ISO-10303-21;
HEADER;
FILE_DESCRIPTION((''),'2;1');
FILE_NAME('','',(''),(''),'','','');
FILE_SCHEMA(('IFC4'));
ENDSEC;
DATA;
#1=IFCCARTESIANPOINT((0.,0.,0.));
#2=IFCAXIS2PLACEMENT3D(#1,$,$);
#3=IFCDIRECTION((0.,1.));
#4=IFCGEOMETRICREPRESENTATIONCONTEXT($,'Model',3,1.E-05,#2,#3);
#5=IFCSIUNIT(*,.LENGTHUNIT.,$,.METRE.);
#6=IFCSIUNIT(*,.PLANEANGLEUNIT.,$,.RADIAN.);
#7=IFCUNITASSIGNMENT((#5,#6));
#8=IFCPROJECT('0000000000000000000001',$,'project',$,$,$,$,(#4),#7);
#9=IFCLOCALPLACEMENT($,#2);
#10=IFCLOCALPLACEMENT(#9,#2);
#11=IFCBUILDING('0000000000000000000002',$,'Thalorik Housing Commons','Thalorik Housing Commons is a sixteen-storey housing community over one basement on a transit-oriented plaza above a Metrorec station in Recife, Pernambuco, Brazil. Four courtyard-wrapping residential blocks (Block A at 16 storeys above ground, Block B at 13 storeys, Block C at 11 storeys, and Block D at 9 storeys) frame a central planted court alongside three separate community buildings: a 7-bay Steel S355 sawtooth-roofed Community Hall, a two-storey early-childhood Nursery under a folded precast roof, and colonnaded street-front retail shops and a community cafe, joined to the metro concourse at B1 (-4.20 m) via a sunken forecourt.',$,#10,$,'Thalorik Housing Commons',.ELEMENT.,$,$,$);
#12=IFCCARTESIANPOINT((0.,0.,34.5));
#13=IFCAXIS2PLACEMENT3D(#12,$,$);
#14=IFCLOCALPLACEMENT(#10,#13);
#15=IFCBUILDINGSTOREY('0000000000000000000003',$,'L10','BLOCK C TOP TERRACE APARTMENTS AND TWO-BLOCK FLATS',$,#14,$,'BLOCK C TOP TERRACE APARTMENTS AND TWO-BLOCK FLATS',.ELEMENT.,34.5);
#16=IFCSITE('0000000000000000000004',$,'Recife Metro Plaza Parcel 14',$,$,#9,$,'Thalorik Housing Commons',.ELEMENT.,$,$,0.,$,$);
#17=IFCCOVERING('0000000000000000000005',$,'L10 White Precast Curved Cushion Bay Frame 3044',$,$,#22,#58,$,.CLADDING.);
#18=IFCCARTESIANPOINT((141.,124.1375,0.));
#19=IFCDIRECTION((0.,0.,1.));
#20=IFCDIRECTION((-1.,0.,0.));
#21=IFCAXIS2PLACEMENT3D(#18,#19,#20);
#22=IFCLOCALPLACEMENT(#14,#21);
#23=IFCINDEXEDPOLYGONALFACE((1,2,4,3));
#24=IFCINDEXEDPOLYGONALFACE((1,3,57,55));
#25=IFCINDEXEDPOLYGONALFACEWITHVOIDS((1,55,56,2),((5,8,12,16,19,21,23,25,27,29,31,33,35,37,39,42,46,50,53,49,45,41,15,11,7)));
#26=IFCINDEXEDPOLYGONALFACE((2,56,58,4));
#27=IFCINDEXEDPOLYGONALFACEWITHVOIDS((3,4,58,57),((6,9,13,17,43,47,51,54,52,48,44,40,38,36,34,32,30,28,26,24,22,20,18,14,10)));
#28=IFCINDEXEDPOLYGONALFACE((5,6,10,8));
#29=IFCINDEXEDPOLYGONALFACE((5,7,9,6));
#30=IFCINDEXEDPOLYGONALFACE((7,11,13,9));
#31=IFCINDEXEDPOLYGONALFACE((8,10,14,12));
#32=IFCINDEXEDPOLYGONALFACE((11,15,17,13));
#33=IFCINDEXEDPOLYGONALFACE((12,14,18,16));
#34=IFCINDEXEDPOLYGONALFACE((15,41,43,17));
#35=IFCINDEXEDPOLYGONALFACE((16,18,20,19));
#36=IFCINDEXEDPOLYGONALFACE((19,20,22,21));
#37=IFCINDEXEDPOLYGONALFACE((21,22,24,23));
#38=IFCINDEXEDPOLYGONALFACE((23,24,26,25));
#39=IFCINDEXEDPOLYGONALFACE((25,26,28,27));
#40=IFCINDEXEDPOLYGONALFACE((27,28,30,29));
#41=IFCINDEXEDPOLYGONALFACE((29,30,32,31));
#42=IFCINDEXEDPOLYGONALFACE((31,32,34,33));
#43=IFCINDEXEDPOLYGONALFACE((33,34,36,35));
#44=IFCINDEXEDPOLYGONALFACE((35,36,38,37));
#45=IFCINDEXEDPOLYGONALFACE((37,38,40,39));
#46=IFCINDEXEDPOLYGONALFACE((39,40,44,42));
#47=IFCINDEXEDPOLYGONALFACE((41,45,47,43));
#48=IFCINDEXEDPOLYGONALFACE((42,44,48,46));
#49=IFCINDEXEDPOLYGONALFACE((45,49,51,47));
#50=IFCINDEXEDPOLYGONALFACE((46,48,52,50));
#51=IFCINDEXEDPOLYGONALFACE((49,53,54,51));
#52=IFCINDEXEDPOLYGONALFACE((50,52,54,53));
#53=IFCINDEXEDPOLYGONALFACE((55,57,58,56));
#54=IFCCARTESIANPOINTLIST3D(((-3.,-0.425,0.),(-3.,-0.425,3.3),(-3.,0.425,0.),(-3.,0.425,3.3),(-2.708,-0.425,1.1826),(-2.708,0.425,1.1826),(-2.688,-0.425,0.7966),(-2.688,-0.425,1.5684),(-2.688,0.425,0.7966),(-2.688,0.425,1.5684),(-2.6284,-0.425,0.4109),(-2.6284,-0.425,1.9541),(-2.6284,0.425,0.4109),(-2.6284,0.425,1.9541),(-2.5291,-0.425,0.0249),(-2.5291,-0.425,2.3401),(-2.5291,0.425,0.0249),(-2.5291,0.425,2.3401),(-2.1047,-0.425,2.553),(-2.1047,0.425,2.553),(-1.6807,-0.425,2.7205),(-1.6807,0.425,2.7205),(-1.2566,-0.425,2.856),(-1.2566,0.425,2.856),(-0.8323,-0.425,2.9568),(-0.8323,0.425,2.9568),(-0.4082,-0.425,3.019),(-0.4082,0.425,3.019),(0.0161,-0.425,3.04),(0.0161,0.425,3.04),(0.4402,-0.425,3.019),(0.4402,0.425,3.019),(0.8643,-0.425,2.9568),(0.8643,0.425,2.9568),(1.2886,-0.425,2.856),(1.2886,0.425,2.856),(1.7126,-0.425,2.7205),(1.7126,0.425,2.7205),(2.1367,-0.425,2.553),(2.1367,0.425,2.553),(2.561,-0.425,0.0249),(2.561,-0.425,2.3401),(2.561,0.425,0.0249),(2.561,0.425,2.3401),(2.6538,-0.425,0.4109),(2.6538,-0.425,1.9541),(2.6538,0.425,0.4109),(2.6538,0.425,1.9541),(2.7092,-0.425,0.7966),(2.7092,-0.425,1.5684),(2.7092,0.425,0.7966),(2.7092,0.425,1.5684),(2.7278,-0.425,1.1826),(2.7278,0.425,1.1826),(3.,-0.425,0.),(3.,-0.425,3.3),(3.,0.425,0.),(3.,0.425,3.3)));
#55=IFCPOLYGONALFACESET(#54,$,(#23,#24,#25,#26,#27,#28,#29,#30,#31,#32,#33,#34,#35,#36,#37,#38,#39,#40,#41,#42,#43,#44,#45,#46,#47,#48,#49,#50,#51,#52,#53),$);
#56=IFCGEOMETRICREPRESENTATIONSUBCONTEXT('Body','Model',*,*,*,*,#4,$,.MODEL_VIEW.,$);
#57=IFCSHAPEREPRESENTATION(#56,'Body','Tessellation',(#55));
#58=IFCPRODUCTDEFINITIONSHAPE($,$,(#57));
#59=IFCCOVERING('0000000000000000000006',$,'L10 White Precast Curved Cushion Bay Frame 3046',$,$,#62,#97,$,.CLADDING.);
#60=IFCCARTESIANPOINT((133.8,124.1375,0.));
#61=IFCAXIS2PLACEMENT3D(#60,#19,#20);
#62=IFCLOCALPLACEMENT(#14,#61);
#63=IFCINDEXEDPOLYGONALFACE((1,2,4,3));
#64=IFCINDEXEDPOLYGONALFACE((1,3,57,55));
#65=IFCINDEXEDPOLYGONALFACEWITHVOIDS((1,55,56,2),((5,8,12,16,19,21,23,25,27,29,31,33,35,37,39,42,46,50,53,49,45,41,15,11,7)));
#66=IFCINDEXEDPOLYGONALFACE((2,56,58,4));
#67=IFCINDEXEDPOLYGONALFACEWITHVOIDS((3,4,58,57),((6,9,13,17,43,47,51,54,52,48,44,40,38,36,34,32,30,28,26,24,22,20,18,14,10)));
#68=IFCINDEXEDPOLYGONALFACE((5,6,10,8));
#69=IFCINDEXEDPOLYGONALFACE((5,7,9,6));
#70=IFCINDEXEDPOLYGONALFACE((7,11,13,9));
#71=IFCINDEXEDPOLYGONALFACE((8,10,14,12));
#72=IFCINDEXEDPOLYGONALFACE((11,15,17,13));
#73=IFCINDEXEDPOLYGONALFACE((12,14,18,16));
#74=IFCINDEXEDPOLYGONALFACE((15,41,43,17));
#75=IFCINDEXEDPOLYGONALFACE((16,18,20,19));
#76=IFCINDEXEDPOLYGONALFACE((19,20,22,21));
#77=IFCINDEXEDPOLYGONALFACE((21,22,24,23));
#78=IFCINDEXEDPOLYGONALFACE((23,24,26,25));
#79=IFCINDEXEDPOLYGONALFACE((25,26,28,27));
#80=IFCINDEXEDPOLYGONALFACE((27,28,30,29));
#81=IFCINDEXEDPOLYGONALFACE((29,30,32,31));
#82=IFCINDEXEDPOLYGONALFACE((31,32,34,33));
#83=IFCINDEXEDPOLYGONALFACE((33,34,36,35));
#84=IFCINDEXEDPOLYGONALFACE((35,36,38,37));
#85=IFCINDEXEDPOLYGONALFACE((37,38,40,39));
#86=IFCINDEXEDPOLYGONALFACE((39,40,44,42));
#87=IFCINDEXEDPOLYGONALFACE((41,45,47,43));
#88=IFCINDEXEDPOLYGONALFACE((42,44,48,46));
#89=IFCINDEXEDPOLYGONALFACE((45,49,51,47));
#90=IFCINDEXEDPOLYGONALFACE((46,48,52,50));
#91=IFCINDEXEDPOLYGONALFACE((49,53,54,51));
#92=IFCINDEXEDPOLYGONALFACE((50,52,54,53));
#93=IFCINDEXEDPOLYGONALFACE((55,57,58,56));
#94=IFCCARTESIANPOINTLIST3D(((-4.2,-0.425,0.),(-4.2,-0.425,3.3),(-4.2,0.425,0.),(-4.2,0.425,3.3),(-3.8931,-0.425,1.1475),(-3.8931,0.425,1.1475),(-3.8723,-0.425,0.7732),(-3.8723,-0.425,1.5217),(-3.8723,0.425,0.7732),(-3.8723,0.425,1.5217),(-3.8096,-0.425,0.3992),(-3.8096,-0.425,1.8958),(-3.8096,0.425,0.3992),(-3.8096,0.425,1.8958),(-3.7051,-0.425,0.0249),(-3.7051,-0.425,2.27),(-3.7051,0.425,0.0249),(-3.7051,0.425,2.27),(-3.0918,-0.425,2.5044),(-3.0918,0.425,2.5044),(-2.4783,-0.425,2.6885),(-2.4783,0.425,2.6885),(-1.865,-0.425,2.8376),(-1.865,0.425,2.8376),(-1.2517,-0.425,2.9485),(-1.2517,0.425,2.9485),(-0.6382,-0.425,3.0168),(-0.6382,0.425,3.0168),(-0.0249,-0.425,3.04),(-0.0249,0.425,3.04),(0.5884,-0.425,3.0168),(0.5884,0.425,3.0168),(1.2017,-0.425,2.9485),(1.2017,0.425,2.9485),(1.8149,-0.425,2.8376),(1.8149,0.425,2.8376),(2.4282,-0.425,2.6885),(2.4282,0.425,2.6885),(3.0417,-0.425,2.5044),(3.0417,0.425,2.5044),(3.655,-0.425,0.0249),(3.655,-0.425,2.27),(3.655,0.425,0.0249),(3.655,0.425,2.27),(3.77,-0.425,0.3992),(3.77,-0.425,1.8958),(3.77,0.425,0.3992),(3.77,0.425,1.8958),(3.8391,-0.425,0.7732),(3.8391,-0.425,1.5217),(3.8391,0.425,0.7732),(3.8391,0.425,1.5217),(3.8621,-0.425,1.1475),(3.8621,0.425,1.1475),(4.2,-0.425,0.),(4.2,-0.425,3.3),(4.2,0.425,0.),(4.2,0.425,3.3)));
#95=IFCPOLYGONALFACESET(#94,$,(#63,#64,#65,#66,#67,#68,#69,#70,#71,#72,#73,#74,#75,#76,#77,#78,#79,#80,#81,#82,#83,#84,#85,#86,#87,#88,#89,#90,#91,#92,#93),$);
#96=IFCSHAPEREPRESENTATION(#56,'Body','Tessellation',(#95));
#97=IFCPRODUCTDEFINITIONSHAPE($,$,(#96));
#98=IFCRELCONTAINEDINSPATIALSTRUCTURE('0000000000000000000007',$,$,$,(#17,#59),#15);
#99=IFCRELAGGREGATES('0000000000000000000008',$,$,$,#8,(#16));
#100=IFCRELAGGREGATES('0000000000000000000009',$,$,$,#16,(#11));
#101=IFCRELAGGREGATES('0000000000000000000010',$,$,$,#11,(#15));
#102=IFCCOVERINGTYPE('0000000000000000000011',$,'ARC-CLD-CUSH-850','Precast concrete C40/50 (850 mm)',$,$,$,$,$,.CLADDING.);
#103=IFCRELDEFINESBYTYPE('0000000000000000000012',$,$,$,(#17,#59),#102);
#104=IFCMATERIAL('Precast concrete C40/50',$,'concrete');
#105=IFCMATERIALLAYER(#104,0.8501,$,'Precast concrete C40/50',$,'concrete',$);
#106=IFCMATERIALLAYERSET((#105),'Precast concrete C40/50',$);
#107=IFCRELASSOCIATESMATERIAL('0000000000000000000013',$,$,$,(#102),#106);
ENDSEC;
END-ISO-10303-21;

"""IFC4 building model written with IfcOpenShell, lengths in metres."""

from ifc_helpers import new_model, si_unit, direction, frame, origin, place, context, subcontext, project, spatial, polyline, outline, extrude, material, layer, layer_set, type_object, element, save


model = new_model("IFC4")

# Units and contexts
model_context = context("Model", 3, precision=1e-05, world=origin(), true_north=direction((0.0, 1.0)))
body_context = subcontext(model_context, "Body", "Model", "MODEL_VIEW")
ifc_project = project(units=[si_unit("LENGTHUNIT", "METRE"), si_unit("PLANEANGLEUNIT", "RADIAN")], contexts=[model_context])

# Site, building, storey
site_placement = place(None, origin())
site = spatial("IfcSite", under=ifc_project, at=site_placement, Name="Recife Metro Plaza Parcel 14", LongName="Thalorik Housing Commons", CompositionType="ELEMENT", RefElevation=0.0)
building_placement = place(site_placement, origin())
building = spatial("IfcBuilding", under=site, at=building_placement, Name="Thalorik Housing Commons", Description="Thalorik Housing Commons is a sixteen-storey housing community over one basement on a transit-oriented plaza above a Metrorec station in Recife, Pernambuco, Brazil. Four courtyard-wrapping residential blocks (Block A at 16 storeys above ground, Block B at 13 storeys, Block C at 11 storeys, and Block D at 9 storeys) frame a central planted court alongside three separate community buildings: a 7-bay Steel S355 sawtooth-roofed Community Hall, a two-storey early-childhood Nursery under a folded precast roof, and colonnaded street-front retail shops and a community cafe, joined to the metro concourse at B1 (-4.20 m) via a sunken forecourt.", LongName="Thalorik Housing Commons", CompositionType="ELEMENT")
storey_placement = place(building_placement, frame((0.0, 0.0, 34.5)))
storey = spatial("IfcBuildingStorey", under=building, at=storey_placement, Name="L10", Description="BLOCK C TOP TERRACE APARTMENTS AND TWO-BLOCK FLATS", LongName="BLOCK C TOP TERRACE APARTMENTS AND TWO-BLOCK FLATS", CompositionType="ELEMENT", Elevation=34.5)

# Shared definitions
ifc_material_1 = material(Name="Precast concrete C40/50", Category="concrete")

# Coverings
ifc_layer_1 = layer(ifc_material_1, 0.8501, Name="Precast concrete C40/50", Category="concrete")
ifc_layer_set_1 = layer_set([ifc_layer_1], Name="Precast concrete C40/50")
covering_type_1 = type_object("IfcCoveringType", Name="ARC-CLD-CUSH-850", Description="Precast concrete C40/50 (850 mm)", PredefinedType="CLADDING", material=ifc_layer_set_1)
covering_1_placement = place(storey_placement, frame((141.0, 124.1375, 0.0), z_axis=(0.0, 0.0, 1.0), x_axis=(-1.0, 0.0, 0.0)))
element("IfcCovering", 1, at=covering_1_placement, inside=storey, type_object=covering_type_1, Name="L10 White Precast Curved Cushion Bay Frame 3044", PredefinedType="CLADDING", context=body_context, shape_type="SweptSolid", body=[
    extrude(outline(polyline([(-3.0, 0.0), (3.0, 0.0), (3.0, 3.3), (-3.0, 3.3), (-3.0, 0.0)]), holes=[polyline([(2.561, 0.0249), (2.6538, 0.4109), (2.7092, 0.7966), (2.7278, 1.1826), (2.7092, 1.5684), (2.6538, 1.9541), (2.561, 2.3401), (2.1367, 2.553), (1.7126, 2.7205), (1.2886, 2.856), (0.8643, 2.9568), (0.4402, 3.019), (0.0161, 3.04), (-0.4082, 3.019), (-0.8323, 2.9568), (-1.2566, 2.856), (-1.6807, 2.7205), (-2.1047, 2.553), (-2.5291, 2.3401), (-2.6284, 1.9541), (-2.688, 1.5684), (-2.708, 1.1826), (-2.688, 0.7966), (-2.6284, 0.4109), (-2.5291, 0.0249), (2.561, 0.0249)])]), frame((0.0, 0.425, 0.0), z_axis=(0.0, -1.0, 0.0), x_axis=(1.0, 0.0, 0.0)), (0.0, 0.0, 1.0), 0.8501),
])
covering_2_placement = place(storey_placement, frame((133.8, 124.1375, 0.0), z_axis=(0.0, 0.0, 1.0), x_axis=(-1.0, 0.0, 0.0)))
element("IfcCovering", 2, at=covering_2_placement, inside=storey, type_object=covering_type_1, Name="L10 White Precast Curved Cushion Bay Frame 3046", PredefinedType="CLADDING", context=body_context, shape_type="SweptSolid", body=[
    extrude(outline(polyline([(-4.2, 0.0), (4.2, 0.0), (4.2, 3.3), (-4.2, 3.3), (-4.2, 0.0)]), holes=[polyline([(3.655, 0.0249), (3.77, 0.3992), (3.8391, 0.7732), (3.8621, 1.1475), (3.8391, 1.5217), (3.77, 1.8958), (3.655, 2.27), (3.0417, 2.5044), (2.4282, 2.6885), (1.8149, 2.8376), (1.2017, 2.9485), (0.5884, 3.0168), (-0.0249, 3.04), (-0.6382, 3.0168), (-1.2517, 2.9485), (-1.865, 2.8376), (-2.4783, 2.6885), (-3.0918, 2.5044), (-3.7051, 2.27), (-3.8096, 1.8958), (-3.8723, 1.5217), (-3.8931, 1.1475), (-3.8723, 0.7732), (-3.8096, 0.3992), (-3.7051, 0.0249), (3.655, 0.0249)])]), frame((0.0, 0.425, 0.0), z_axis=(0.0, -1.0, 0.0), x_axis=(1.0, 0.0, 0.0)), (0.0, 0.0, 1.0), 0.8501),
])

save(model, "model.ifc")
